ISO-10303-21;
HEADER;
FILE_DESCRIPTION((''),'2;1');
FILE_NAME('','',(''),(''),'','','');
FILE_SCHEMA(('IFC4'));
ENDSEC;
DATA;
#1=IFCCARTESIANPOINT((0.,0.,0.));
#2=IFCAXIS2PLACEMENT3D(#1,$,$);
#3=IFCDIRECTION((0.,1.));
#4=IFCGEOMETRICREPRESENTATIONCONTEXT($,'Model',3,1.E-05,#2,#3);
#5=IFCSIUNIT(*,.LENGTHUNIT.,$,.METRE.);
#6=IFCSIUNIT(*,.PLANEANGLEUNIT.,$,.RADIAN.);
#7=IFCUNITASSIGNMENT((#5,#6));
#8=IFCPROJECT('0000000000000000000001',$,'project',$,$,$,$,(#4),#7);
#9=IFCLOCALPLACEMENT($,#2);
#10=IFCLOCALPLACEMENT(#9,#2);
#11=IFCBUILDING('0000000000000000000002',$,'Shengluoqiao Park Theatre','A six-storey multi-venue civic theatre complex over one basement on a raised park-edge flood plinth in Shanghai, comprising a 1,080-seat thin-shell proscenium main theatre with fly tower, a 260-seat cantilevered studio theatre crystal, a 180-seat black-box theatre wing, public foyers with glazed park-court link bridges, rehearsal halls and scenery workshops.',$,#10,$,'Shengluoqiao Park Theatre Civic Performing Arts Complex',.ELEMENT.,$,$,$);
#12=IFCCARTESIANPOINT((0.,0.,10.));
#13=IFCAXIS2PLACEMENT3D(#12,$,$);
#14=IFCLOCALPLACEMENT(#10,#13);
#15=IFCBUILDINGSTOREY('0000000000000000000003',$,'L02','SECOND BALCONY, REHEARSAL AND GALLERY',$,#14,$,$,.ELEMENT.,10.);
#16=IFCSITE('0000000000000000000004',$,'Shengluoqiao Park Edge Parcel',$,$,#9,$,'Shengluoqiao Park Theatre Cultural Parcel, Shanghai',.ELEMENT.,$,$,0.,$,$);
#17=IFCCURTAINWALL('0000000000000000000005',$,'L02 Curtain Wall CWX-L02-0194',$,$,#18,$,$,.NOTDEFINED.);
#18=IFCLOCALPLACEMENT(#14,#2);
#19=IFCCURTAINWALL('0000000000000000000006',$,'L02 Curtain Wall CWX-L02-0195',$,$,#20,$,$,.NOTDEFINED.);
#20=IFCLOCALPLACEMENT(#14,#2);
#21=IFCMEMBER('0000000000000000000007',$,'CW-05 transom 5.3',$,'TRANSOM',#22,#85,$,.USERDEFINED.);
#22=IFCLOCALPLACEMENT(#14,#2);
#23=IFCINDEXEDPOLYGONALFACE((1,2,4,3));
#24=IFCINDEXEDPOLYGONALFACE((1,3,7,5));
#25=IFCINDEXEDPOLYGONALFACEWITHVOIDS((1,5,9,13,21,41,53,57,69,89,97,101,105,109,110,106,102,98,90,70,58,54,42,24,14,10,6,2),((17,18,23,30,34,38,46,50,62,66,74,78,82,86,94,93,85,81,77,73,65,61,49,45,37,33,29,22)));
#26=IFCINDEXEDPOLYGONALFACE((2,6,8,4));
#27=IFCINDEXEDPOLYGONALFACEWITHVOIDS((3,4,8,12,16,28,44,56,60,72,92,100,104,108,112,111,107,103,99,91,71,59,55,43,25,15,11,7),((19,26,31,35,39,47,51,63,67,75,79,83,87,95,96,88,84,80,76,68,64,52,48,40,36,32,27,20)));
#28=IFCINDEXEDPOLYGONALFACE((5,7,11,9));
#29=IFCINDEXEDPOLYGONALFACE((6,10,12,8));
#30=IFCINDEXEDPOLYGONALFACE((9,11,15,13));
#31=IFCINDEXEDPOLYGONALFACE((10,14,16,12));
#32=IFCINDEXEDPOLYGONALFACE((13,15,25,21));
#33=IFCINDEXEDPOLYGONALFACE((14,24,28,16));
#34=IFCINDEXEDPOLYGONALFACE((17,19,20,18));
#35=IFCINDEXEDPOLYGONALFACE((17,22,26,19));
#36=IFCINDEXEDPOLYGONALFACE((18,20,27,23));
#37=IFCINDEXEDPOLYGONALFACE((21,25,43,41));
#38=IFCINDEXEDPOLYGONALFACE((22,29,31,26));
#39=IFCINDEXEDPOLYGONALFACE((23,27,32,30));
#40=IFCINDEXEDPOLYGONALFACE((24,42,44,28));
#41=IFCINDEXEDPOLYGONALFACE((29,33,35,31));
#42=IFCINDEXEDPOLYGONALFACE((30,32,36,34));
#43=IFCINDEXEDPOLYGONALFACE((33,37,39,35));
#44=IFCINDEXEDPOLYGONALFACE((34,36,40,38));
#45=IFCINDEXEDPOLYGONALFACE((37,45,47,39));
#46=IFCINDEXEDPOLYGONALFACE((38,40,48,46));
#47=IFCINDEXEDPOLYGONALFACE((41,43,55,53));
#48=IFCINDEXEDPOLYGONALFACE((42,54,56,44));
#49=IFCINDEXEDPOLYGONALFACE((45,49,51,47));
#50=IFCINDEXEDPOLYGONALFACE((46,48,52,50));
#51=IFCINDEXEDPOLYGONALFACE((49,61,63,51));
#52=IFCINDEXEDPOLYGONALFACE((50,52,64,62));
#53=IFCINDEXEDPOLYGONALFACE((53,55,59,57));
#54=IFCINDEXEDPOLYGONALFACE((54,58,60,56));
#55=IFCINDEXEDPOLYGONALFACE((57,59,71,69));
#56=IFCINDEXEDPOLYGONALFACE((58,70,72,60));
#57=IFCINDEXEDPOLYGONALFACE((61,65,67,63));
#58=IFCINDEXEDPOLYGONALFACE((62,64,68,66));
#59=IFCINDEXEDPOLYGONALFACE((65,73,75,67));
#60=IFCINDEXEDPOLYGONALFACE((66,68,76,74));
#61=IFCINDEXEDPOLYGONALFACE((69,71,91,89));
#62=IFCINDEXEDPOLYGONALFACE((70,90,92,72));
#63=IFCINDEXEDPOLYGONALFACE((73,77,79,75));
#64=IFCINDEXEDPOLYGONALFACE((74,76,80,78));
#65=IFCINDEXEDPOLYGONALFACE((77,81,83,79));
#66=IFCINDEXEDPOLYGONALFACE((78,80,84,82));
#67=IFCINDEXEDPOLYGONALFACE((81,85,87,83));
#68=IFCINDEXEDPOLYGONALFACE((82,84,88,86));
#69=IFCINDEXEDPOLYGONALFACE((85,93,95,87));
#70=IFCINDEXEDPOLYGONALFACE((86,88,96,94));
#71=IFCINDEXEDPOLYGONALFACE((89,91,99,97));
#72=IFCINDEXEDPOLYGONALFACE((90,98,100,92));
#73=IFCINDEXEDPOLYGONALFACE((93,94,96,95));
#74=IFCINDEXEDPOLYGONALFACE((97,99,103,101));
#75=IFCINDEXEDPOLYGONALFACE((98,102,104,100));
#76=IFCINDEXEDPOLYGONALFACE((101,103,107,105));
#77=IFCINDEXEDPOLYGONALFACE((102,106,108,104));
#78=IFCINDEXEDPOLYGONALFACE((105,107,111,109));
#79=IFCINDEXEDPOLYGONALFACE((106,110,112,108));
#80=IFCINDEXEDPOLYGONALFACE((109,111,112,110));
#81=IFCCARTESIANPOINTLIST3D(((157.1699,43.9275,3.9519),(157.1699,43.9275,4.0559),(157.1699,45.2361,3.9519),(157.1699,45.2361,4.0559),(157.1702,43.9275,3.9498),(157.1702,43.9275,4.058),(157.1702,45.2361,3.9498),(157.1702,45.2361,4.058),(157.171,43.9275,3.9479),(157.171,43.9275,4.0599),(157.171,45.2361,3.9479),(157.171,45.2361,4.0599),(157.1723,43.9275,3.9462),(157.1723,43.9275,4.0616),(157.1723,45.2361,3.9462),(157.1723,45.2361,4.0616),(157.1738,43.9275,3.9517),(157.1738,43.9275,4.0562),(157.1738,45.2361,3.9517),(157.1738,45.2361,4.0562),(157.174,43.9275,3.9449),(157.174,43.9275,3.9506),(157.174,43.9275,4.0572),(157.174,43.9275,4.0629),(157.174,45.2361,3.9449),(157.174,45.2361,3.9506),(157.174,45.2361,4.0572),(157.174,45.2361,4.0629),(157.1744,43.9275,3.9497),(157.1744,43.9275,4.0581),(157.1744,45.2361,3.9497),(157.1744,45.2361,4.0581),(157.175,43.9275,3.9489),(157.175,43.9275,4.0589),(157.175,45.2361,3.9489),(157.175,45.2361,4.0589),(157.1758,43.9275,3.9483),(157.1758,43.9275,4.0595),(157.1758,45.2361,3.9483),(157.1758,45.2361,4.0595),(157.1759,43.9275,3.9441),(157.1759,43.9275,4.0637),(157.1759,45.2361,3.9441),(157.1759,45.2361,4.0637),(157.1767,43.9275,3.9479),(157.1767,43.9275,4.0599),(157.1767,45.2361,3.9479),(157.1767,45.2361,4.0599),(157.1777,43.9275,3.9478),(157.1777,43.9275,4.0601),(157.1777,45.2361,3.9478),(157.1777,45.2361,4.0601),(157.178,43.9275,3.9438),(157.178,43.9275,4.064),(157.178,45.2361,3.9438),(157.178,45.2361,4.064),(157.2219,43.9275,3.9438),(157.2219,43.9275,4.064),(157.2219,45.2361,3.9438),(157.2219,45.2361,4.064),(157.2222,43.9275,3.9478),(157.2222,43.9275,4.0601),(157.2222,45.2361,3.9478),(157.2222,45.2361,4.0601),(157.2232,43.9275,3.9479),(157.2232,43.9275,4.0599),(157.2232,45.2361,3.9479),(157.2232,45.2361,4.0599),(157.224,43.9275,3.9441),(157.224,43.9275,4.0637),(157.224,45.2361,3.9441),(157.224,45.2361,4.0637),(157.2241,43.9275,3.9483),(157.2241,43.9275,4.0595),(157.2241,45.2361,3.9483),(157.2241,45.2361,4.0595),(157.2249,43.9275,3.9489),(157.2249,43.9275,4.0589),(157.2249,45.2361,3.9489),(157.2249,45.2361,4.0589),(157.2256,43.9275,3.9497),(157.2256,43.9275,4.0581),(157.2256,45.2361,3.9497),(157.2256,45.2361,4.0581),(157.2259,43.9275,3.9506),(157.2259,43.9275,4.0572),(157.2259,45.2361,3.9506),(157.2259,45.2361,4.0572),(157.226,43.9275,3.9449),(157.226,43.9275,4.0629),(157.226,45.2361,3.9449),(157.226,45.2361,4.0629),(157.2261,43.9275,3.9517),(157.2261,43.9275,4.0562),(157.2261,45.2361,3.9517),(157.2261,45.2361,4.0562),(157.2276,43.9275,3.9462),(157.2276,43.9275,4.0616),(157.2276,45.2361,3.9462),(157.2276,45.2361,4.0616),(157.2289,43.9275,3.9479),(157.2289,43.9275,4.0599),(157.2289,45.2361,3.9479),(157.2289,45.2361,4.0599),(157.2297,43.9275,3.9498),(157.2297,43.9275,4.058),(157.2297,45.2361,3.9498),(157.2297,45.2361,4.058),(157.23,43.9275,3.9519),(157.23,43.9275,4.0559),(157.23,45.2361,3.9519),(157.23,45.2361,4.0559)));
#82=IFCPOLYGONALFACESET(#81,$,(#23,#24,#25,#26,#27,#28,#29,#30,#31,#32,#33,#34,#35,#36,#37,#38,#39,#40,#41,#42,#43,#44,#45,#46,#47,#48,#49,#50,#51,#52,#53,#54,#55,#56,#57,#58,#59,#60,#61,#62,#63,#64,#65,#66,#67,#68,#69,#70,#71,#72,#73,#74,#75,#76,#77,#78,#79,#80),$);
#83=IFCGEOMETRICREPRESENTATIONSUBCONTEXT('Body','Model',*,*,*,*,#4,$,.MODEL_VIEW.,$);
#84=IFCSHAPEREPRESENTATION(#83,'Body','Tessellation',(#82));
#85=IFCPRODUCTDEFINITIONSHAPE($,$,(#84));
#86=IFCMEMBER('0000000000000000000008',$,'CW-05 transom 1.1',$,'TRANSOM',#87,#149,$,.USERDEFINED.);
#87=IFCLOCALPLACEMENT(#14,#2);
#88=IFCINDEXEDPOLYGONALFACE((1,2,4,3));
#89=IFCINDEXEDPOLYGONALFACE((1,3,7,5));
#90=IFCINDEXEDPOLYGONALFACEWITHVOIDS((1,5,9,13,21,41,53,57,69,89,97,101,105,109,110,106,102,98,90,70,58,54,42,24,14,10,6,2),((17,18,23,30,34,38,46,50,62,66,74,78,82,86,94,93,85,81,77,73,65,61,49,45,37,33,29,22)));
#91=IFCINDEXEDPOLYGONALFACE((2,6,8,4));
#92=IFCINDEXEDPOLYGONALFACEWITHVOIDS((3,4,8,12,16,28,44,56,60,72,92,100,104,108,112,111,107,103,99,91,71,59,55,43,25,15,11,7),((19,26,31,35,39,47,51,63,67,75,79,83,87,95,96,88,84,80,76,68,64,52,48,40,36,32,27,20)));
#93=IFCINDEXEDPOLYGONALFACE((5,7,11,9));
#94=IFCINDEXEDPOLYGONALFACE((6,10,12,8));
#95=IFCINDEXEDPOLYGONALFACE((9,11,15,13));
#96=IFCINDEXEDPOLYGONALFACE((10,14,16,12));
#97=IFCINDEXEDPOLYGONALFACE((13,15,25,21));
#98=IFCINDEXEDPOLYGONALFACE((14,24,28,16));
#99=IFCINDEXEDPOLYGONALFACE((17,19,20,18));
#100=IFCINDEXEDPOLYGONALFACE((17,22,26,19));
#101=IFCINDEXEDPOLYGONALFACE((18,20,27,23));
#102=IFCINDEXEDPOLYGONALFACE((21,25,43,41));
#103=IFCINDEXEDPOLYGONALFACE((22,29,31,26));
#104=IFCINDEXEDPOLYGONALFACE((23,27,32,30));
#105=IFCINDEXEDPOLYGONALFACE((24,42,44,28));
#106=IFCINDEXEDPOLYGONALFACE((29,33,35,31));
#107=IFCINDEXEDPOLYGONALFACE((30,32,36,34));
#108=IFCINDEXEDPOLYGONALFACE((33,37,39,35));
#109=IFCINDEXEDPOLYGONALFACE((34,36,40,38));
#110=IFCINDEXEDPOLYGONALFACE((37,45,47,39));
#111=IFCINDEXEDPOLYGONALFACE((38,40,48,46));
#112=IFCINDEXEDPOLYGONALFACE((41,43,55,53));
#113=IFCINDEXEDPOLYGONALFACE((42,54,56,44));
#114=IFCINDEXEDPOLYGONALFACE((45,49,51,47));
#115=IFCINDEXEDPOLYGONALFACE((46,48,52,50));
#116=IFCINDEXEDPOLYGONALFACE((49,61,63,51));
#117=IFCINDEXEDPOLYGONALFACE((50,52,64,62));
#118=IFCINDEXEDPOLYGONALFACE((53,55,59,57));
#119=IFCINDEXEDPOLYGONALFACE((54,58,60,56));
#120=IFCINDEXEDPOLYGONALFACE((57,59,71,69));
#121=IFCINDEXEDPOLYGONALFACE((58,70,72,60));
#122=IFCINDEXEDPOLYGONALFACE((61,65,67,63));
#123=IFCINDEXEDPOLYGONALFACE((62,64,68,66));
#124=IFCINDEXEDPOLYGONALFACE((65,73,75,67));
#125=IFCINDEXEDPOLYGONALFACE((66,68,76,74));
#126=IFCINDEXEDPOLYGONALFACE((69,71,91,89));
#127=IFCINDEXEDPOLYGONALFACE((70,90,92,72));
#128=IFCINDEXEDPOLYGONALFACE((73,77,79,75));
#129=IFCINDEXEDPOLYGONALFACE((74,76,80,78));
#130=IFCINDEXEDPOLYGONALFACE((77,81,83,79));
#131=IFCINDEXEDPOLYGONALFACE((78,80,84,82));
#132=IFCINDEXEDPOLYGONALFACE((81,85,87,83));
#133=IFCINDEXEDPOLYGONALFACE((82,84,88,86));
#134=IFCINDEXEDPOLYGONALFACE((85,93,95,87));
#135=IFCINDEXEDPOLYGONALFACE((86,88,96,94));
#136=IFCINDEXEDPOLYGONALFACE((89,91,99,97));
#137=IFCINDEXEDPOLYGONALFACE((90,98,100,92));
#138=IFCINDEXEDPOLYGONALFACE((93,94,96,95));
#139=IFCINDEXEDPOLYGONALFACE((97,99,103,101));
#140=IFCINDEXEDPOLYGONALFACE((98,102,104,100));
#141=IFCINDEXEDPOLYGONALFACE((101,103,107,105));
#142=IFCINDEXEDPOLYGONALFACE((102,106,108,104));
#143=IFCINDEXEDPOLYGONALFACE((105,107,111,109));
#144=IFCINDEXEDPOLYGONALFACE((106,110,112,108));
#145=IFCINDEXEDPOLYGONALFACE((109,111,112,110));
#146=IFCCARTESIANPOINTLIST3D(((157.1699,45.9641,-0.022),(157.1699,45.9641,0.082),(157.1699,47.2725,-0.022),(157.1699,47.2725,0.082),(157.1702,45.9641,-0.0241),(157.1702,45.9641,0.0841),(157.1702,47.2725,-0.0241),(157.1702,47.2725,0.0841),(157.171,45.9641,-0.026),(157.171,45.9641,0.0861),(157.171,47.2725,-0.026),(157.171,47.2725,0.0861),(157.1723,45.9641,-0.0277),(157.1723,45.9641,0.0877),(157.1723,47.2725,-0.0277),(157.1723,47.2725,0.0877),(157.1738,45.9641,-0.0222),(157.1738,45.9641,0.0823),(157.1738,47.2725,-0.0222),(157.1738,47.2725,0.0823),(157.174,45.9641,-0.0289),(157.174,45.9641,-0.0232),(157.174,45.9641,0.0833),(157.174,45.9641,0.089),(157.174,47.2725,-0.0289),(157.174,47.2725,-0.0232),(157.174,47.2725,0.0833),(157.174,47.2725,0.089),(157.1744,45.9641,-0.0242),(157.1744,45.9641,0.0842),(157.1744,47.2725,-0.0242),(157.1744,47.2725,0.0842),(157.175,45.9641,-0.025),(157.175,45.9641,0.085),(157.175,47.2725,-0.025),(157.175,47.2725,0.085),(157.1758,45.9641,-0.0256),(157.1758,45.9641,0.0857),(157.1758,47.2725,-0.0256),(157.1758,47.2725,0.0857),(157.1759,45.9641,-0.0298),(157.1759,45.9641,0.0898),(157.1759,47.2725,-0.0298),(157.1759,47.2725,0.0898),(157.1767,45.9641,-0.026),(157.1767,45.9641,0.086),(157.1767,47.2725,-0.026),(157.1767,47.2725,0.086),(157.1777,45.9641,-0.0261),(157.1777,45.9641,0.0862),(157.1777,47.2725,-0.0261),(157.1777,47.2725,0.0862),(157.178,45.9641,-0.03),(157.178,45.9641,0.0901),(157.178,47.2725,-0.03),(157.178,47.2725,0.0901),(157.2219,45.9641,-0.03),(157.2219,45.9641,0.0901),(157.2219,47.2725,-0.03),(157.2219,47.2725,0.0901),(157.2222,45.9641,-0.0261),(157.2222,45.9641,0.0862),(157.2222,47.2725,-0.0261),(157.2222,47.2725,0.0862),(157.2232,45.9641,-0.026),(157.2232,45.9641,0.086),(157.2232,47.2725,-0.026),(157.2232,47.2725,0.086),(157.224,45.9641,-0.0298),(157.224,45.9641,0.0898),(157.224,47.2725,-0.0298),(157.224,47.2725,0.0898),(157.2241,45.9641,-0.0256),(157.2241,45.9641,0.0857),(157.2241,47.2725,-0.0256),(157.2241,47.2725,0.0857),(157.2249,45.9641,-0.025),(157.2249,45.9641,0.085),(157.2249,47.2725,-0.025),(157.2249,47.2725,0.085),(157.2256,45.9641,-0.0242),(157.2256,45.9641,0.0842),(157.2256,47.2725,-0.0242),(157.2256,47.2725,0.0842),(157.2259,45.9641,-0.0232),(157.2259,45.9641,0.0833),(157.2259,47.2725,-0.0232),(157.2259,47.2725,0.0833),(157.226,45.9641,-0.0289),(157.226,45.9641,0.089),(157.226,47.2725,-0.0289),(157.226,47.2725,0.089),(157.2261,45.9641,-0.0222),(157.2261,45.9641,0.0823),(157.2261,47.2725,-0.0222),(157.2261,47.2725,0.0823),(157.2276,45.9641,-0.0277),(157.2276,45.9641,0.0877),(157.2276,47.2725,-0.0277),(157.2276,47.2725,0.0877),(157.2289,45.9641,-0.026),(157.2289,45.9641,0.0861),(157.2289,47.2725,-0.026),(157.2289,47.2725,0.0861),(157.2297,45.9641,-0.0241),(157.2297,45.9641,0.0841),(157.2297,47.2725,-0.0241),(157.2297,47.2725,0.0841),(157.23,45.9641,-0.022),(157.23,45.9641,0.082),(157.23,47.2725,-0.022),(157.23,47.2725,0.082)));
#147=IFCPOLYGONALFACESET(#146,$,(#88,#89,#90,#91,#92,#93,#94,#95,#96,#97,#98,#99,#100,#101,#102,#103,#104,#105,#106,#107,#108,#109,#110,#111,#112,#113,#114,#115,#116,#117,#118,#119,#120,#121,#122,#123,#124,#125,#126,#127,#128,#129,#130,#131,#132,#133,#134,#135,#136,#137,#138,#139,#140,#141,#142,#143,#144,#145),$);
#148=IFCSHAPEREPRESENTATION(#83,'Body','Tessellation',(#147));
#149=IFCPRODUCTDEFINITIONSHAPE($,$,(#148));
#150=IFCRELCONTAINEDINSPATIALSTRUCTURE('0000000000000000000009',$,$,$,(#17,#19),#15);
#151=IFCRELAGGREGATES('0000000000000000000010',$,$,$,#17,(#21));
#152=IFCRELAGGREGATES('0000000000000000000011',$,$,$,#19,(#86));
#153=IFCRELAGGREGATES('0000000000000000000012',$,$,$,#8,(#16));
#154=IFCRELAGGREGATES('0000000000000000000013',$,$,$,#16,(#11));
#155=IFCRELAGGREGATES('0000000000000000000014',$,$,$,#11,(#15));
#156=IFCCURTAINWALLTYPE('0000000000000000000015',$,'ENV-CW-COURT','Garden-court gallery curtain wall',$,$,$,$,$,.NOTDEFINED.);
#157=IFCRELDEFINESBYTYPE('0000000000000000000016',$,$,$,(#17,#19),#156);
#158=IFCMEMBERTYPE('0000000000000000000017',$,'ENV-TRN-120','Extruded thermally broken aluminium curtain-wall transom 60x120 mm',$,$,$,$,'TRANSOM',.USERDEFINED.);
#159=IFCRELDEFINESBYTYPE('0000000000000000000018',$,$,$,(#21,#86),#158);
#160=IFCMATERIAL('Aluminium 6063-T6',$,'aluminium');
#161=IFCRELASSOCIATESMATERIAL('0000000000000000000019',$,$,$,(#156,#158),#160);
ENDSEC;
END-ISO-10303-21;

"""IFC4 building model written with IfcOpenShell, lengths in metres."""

from ifc_helpers import new_model, si_unit, direction, frame, origin, origin_2d, place, context, subcontext, project, spatial, hollow_rectangle, extrude, material, material_profile, profile_set, type_object, element, aggregate, save


model = new_model("IFC4")

# Units and contexts
model_context = context("Model", 3, precision=1e-05, world=origin(), true_north=direction((0.0, 1.0)))
body_context = subcontext(model_context, "Body", "Model", "MODEL_VIEW")
ifc_project = project(units=[si_unit("LENGTHUNIT", "METRE"), si_unit("PLANEANGLEUNIT", "RADIAN")], contexts=[model_context])

# Site, building, storey
site_placement = place(None, origin())
site = spatial("IfcSite", under=ifc_project, at=site_placement, Name="Shengluoqiao Park Edge Parcel", LongName="Shengluoqiao Park Theatre Cultural Parcel, Shanghai", CompositionType="ELEMENT", RefElevation=0.0)
building_placement = place(site_placement, origin())
building = spatial("IfcBuilding", under=site, at=building_placement, Name="Shengluoqiao Park Theatre", Description="A six-storey multi-venue civic theatre complex over one basement on a raised park-edge flood plinth in Shanghai, comprising a 1,080-seat thin-shell proscenium main theatre with fly tower, a 260-seat cantilevered studio theatre crystal, a 180-seat black-box theatre wing, public foyers with glazed park-court link bridges, rehearsal halls and scenery workshops.", LongName="Shengluoqiao Park Theatre Civic Performing Arts Complex", CompositionType="ELEMENT")
storey_placement = place(building_placement, frame((0.0, 0.0, 10.0)))
storey = spatial("IfcBuildingStorey", under=building, at=storey_placement, Name="L02", Description="SECOND BALCONY, REHEARSAL AND GALLERY", CompositionType="ELEMENT", Elevation=10.0)

# Curtain walls
ifc_material_1 = material(Name="Aluminium 6063-T6", Category="aluminium")
curtain_wall_type = type_object("IfcCurtainWallType", Name="ENV-CW-COURT", Description="Garden-court gallery curtain wall", PredefinedType="NOTDEFINED", material=ifc_material_1)
curtain_wall_1_placement = place(storey_placement, origin())
curtain_wall_1 = element("IfcCurtainWall", 1, at=curtain_wall_1_placement, inside=storey, type_object=curtain_wall_type, Name="L02 Curtain Wall CWX-L02-0194", PredefinedType="NOTDEFINED")
curtain_wall_2_placement = place(storey_placement, origin())
curtain_wall_2 = element("IfcCurtainWall", 2, at=curtain_wall_2_placement, inside=storey, type_object=curtain_wall_type, Name="L02 Curtain Wall CWX-L02-0195", PredefinedType="NOTDEFINED")

# Members
ifc_material_profile_1 = material_profile(ifc_material_1, hollow_rectangle(XDim=0.0601, YDim=0.1201, WallThickness=0.0039, InnerFilletRadius=0.0039, OuterFilletRadius=0.0081, at=origin_2d()), Name="ALU TRANSOM 120x60x4")
ifc_profile_set_1 = profile_set([ifc_material_profile_1], Name="Aluminium 6063-T6")
member_type_1 = type_object("IfcMemberType", Name="ENV-TRN-120", Description="Extruded thermally broken aluminium curtain-wall transom 60x120 mm", ElementType="TRANSOM", PredefinedType="USERDEFINED", material=ifc_profile_set_1)
member_1_placement = place(storey_placement, frame((157.2, 43.9275, 4.0039), z_axis=(0.0, 1.0, 0.0), x_axis=(-1.0, 0.0, 0.0)))
member_1 = element("IfcMember", 3, at=member_1_placement, type_object=member_type_1, Name="CW-05 transom 5.3", ObjectType="TRANSOM", PredefinedType="USERDEFINED", context=body_context, shape_type="SweptSolid", body=[
    extrude(hollow_rectangle(XDim=0.0601, YDim=0.1201, WallThickness=0.0039, InnerFilletRadius=0.0039, OuterFilletRadius=0.0081, at=origin_2d()), origin(), (0.0, 0.0, 1.0), 1.3086),
])
member_2_placement = place(storey_placement, frame((157.2, 45.9641, 0.03), z_axis=(0.0, 1.0, 0.0), x_axis=(-1.0, 0.0, 0.0)))
member_2 = element("IfcMember", 4, at=member_2_placement, type_object=member_type_1, Name="CW-05 transom 1.1", ObjectType="TRANSOM", PredefinedType="USERDEFINED", context=body_context, shape_type="SweptSolid", body=[
    extrude(hollow_rectangle(XDim=0.0601, YDim=0.1201, WallThickness=0.0039, InnerFilletRadius=0.0039, OuterFilletRadius=0.0081, at=origin_2d()), origin(), (0.0, 0.0, 1.0), 1.3083),
])

aggregate(curtain_wall_1, [member_1])
aggregate(curtain_wall_2, [member_2])

save(model, "model.ifc")
